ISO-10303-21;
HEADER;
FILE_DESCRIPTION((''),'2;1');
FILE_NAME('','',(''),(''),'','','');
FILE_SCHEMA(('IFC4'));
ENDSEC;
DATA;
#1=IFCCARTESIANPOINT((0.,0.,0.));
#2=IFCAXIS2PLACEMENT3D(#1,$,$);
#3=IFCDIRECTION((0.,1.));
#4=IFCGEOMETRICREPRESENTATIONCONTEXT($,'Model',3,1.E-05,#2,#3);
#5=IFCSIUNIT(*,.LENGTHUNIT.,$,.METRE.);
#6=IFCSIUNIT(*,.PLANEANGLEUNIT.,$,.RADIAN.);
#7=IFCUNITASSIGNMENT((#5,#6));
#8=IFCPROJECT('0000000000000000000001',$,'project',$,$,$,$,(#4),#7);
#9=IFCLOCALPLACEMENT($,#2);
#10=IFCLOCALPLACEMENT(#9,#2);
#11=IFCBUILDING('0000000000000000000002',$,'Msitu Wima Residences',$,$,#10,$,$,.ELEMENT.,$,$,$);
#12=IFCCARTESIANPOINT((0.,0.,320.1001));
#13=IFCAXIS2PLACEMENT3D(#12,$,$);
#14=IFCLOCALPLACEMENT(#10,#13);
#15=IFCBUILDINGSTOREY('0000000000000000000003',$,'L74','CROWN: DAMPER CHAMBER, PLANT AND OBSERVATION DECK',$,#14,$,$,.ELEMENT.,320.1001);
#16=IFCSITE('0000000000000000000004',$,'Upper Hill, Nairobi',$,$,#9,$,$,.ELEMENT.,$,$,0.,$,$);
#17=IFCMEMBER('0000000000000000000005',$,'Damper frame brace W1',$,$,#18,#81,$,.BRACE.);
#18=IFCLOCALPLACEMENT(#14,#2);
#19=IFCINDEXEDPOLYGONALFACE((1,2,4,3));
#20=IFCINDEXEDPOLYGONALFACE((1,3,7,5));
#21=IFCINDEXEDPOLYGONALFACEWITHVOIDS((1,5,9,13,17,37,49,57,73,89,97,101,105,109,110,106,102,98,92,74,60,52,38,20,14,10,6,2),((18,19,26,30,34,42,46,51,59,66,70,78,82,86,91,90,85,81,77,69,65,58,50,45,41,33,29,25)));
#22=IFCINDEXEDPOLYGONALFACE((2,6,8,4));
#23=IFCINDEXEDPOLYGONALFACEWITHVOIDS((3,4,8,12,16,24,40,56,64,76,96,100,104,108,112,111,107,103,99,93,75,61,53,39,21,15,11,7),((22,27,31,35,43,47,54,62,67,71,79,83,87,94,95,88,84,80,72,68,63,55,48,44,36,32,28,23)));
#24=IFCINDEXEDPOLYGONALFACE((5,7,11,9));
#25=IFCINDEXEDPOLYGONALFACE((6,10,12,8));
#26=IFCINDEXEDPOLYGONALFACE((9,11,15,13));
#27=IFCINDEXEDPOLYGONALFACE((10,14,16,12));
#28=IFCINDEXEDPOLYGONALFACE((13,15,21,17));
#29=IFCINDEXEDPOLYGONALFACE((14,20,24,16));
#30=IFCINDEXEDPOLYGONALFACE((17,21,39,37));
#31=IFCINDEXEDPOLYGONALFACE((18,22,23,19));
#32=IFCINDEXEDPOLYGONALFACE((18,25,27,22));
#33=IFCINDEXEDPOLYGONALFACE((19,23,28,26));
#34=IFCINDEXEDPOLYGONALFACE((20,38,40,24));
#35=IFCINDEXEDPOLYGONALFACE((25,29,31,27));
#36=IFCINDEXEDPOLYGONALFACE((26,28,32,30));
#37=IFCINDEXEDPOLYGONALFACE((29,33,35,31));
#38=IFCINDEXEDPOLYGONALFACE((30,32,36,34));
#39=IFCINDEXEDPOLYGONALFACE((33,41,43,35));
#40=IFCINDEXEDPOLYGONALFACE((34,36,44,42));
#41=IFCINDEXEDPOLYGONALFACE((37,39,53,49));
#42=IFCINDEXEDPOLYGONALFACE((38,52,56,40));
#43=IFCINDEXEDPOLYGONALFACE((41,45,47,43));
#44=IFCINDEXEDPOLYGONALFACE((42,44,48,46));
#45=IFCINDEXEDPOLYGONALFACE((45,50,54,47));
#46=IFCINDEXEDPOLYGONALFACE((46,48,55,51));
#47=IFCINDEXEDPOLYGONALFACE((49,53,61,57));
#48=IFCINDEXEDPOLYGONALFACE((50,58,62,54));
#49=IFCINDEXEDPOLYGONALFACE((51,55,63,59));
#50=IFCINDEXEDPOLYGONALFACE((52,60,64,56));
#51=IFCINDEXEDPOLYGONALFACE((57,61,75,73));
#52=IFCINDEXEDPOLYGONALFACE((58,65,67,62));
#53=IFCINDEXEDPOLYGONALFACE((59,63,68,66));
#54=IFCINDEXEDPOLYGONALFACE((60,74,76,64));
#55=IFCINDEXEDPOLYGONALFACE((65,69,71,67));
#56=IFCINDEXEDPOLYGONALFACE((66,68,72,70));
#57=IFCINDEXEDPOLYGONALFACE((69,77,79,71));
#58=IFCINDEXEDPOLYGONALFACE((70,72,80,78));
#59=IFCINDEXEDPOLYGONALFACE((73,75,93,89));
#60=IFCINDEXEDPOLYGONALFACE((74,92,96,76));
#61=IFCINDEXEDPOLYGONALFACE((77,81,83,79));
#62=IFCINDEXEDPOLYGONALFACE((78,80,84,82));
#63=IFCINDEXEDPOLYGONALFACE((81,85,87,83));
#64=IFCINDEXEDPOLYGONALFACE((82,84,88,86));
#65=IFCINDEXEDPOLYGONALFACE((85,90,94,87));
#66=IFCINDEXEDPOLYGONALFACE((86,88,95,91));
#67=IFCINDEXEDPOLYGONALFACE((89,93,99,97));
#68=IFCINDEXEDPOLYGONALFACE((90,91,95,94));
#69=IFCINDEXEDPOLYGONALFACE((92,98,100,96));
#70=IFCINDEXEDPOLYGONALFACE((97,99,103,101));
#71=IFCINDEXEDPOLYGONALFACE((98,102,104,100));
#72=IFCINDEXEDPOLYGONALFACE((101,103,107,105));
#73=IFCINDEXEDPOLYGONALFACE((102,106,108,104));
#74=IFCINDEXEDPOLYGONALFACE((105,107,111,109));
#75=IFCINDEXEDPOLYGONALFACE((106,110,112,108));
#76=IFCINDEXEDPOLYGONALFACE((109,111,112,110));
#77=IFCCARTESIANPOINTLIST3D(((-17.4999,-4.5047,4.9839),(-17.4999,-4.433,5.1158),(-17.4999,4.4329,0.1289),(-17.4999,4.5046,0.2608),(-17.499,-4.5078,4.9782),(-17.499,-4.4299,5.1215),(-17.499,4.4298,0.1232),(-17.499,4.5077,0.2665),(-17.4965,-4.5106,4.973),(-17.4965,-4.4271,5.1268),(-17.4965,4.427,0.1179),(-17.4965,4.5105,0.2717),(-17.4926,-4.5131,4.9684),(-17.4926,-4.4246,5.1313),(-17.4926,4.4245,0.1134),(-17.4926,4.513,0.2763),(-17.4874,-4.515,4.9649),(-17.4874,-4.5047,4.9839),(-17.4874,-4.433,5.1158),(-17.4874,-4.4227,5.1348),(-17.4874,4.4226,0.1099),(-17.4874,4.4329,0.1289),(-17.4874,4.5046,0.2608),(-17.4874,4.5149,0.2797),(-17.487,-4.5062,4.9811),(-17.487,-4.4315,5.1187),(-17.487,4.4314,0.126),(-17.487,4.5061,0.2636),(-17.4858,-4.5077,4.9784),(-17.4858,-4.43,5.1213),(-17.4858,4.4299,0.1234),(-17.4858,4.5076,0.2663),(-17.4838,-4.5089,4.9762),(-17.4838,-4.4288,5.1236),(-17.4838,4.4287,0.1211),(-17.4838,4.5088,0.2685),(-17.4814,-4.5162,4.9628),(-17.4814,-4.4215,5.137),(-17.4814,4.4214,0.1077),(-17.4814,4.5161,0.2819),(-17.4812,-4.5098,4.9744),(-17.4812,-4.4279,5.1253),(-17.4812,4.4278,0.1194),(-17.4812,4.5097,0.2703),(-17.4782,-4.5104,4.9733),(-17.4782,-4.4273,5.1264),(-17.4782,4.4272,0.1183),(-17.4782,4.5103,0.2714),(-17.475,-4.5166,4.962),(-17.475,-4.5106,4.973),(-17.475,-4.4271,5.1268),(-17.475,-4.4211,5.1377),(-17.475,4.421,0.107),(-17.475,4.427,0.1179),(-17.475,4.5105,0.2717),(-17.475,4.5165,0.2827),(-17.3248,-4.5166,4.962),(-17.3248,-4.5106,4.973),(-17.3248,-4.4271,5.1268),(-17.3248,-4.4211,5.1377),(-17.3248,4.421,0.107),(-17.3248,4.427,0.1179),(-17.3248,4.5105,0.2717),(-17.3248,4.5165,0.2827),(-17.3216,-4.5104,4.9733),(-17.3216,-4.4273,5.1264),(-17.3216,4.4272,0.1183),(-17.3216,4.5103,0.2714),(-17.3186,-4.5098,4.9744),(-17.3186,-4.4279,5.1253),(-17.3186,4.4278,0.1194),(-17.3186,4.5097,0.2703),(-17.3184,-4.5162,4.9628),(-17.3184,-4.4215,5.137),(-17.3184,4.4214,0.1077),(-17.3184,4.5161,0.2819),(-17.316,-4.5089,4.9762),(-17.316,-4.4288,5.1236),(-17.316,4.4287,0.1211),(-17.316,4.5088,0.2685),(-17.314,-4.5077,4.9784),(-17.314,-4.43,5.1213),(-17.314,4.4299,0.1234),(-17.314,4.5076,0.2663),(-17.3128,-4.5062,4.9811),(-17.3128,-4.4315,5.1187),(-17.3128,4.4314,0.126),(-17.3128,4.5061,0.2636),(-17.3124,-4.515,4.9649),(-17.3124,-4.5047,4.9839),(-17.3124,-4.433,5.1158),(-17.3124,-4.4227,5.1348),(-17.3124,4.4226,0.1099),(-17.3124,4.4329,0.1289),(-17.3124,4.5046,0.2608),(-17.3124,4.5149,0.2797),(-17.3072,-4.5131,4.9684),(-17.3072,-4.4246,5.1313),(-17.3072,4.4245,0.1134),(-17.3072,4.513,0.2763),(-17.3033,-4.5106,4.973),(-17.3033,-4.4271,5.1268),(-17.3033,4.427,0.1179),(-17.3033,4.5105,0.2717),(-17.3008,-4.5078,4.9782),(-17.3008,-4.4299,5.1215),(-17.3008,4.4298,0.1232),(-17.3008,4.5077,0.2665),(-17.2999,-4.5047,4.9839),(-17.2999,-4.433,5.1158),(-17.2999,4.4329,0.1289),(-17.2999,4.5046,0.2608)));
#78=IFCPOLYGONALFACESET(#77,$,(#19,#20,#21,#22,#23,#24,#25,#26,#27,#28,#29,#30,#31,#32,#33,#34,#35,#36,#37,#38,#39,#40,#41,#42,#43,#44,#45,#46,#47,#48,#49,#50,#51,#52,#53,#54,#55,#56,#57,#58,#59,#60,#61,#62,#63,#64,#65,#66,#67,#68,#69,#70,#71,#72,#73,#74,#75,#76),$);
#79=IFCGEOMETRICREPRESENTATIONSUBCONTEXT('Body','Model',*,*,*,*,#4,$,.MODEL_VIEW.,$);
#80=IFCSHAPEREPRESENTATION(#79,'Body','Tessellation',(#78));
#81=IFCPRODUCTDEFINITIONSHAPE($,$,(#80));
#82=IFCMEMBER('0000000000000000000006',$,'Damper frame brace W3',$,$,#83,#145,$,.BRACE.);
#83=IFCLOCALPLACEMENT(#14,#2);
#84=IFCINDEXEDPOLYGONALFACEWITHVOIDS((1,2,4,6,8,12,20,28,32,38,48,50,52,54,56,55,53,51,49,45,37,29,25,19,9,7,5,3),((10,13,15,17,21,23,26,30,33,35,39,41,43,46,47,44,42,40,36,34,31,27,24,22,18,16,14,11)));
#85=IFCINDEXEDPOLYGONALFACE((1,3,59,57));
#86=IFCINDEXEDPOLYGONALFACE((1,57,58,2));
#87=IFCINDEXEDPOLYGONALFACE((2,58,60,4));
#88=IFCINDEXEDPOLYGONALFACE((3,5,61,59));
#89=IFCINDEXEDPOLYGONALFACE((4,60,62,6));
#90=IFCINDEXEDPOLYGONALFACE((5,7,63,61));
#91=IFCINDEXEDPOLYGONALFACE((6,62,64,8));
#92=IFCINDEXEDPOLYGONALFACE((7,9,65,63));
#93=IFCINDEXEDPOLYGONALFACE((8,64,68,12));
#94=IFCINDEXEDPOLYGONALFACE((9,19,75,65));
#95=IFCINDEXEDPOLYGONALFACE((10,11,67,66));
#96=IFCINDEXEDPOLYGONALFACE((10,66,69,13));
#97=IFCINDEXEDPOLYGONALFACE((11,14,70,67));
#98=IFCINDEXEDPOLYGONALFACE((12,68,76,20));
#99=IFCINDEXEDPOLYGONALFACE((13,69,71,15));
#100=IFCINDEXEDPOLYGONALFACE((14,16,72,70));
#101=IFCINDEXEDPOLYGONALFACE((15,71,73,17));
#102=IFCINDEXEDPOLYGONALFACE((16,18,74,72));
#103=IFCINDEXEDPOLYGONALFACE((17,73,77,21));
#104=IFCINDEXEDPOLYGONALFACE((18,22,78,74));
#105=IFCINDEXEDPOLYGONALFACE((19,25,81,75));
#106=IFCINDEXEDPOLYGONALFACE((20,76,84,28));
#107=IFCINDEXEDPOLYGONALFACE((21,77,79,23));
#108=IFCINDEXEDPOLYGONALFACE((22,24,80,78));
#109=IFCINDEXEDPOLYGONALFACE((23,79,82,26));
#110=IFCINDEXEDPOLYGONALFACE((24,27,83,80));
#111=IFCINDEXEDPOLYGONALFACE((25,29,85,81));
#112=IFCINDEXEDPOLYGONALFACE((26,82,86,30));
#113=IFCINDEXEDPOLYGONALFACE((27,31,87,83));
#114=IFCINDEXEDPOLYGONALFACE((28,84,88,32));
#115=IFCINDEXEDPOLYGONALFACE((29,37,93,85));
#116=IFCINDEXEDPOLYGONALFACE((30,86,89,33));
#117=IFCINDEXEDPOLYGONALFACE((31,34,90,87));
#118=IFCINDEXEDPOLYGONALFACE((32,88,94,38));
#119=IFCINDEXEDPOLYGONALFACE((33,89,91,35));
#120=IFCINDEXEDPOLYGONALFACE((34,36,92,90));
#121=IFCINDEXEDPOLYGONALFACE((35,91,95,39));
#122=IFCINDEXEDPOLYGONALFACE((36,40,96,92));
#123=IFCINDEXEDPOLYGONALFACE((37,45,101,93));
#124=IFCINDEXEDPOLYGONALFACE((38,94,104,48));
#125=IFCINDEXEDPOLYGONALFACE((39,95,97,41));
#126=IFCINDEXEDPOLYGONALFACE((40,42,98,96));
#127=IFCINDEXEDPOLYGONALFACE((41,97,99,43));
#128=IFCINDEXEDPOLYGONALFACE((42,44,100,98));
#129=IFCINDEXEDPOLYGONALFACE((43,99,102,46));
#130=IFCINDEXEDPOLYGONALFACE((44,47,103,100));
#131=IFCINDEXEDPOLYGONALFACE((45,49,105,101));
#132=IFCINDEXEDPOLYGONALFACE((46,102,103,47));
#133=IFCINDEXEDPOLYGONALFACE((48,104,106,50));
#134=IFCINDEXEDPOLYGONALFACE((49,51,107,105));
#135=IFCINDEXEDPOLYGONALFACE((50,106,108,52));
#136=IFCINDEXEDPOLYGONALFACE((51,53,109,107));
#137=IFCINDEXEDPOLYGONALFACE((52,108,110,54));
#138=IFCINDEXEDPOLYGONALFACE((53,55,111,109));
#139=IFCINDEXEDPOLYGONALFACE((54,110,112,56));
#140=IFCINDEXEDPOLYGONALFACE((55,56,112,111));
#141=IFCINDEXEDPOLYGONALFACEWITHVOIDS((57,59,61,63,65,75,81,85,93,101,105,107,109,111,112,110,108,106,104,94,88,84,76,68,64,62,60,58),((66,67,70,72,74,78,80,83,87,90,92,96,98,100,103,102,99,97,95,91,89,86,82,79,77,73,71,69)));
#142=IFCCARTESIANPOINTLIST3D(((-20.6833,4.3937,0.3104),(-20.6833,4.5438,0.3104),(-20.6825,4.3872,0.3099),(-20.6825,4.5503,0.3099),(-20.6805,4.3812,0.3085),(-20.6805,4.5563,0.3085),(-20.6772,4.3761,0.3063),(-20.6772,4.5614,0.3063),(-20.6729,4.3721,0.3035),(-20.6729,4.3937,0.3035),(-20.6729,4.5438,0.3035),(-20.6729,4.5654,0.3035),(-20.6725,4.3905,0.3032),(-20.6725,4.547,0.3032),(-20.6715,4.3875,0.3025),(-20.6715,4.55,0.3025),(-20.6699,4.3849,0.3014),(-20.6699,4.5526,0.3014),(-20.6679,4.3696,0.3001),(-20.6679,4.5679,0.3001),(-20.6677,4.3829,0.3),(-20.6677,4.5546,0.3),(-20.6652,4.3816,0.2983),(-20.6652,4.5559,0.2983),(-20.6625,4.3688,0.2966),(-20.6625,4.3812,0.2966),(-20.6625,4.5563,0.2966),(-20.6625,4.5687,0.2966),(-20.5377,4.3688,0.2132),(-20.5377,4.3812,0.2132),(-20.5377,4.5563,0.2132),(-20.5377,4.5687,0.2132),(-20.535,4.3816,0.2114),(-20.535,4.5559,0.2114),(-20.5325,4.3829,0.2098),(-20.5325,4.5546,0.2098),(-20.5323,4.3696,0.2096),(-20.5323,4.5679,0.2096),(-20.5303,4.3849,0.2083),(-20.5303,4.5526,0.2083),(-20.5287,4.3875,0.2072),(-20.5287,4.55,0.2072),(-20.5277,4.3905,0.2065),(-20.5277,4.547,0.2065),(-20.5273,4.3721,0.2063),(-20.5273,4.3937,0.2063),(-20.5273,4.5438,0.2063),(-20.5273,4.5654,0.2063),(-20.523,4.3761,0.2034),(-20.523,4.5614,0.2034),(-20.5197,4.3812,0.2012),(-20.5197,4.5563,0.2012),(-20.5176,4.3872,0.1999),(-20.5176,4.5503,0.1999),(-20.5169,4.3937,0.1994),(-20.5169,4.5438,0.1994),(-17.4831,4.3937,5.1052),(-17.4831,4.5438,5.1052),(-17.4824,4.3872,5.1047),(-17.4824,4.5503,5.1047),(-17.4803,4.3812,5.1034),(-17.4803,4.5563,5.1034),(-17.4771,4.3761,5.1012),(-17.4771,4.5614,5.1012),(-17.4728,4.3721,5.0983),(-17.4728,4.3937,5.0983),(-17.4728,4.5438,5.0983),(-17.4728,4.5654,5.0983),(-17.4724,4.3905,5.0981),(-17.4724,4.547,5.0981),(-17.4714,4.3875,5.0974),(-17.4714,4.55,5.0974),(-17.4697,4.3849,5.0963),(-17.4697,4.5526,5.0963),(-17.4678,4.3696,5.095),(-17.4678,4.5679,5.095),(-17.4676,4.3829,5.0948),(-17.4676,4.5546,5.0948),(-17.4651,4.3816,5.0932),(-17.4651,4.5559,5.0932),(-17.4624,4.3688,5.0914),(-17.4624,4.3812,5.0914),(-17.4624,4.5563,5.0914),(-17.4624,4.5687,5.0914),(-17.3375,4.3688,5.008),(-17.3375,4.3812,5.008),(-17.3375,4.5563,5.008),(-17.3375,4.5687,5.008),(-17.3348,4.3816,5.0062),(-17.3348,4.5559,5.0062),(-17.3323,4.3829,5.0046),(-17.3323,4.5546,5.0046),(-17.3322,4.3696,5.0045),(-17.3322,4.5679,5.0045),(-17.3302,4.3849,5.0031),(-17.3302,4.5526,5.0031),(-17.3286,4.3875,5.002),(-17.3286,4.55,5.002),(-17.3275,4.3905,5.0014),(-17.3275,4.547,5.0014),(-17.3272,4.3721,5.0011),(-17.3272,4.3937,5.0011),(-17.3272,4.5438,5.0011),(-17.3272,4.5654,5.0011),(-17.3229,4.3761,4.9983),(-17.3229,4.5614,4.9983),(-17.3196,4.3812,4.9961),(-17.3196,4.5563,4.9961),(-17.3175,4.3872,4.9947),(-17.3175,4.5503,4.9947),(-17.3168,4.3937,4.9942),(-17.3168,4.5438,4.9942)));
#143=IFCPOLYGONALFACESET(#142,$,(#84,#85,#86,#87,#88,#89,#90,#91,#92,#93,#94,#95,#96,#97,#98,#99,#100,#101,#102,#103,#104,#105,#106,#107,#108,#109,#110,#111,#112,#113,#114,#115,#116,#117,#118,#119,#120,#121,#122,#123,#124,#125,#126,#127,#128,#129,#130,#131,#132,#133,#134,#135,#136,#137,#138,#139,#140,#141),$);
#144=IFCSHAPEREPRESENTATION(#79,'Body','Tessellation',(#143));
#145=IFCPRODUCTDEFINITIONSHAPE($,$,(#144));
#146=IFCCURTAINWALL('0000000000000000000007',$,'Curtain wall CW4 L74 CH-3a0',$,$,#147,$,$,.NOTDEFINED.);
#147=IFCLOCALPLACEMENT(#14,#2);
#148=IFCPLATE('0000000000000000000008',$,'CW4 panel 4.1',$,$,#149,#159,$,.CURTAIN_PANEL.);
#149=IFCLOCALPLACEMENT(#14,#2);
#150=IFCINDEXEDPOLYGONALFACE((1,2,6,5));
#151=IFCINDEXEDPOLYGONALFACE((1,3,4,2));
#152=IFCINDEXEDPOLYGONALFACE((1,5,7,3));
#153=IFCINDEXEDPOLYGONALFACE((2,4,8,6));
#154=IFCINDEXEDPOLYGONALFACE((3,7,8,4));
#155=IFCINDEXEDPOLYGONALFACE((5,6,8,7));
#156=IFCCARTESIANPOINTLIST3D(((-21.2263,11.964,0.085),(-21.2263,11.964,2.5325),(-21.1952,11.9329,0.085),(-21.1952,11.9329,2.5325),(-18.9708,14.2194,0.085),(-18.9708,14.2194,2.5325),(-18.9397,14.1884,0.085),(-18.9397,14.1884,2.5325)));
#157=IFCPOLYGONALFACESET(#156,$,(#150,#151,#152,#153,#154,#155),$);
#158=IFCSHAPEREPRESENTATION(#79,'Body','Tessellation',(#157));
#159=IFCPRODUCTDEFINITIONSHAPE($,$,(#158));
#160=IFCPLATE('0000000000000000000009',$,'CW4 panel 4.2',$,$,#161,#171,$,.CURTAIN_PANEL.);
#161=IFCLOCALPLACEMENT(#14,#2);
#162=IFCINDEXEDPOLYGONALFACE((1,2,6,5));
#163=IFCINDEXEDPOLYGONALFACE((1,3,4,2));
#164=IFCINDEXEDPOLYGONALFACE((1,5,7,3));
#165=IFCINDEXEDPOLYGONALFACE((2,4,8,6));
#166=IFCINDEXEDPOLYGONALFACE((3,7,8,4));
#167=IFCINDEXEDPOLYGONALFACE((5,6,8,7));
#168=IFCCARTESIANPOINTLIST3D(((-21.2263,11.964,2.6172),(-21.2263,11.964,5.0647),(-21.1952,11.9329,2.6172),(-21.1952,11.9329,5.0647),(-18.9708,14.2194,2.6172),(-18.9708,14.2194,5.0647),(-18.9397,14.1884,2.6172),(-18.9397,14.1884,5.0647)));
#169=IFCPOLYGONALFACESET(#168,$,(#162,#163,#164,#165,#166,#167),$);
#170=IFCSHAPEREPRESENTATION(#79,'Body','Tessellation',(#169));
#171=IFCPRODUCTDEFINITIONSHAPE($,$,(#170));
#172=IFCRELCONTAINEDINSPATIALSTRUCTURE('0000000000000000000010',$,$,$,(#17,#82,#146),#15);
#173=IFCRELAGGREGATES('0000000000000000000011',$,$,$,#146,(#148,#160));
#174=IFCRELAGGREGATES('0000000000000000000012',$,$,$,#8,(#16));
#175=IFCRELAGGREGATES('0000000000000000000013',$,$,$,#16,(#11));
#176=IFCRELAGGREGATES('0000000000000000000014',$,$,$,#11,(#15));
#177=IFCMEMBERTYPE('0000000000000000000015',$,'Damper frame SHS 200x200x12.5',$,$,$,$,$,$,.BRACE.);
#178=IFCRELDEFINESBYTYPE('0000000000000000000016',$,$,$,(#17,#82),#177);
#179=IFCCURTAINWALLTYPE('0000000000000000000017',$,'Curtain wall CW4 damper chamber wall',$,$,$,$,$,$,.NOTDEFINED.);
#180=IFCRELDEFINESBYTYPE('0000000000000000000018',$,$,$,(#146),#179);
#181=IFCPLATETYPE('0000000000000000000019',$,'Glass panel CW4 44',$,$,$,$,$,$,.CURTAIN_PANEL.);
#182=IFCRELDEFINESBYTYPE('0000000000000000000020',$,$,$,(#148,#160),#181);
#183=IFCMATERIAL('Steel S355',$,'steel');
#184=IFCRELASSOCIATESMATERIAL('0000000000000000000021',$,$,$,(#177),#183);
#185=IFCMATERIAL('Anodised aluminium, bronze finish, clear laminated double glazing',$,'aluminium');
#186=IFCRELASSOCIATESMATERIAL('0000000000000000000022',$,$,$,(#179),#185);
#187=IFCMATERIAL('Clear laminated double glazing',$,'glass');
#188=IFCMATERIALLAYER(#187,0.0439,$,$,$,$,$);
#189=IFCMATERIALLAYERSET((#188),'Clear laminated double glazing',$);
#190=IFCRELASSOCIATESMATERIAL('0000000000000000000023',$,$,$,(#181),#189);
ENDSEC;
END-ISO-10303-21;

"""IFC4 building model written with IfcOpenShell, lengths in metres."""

from ifc_helpers import new_model, si_unit, direction, frame, origin, origin_2d, place, context, subcontext, project, spatial, rectangle, hollow_rectangle, extrude, material, layer, layer_set, material_profile, profile_set, type_object, element, aggregate, save


model = new_model("IFC4")

# Units and contexts
model_context = context("Model", 3, precision=1e-05, world=origin(), true_north=direction((0.0, 1.0)))
body_context = subcontext(model_context, "Body", "Model", "MODEL_VIEW")
ifc_project = project(units=[si_unit("LENGTHUNIT", "METRE"), si_unit("PLANEANGLEUNIT", "RADIAN")], contexts=[model_context])

# Site, building, storey
site_placement = place(None, origin())
site = spatial("IfcSite", under=ifc_project, at=site_placement, Name="Upper Hill, Nairobi", CompositionType="ELEMENT", RefElevation=0.0)
building_placement = place(site_placement, origin())
building = spatial("IfcBuilding", under=site, at=building_placement, Name="Msitu Wima Residences", CompositionType="ELEMENT")
storey_placement = place(building_placement, frame((0.0, 0.0, 320.1001)))
storey = spatial("IfcBuildingStorey", under=building, at=storey_placement, Name="L74", Description="CROWN: DAMPER CHAMBER, PLANT AND OBSERVATION DECK", CompositionType="ELEMENT", Elevation=320.1001)

# Shared definitions
ifc_material_1 = material(Name="Steel S355", Category="steel")

# Members
ifc_material_profile_1 = material_profile(ifc_material_1, hollow_rectangle(XDim=0.2, YDim=0.2, WallThickness=0.0125, InnerFilletRadius=0.0125, OuterFilletRadius=0.0249, at=origin_2d()), Name="SHS 200x200x12.5")
ifc_profile_set_1 = profile_set([ifc_material_profile_1], Name="Steel S355")
member_type_1 = type_object("IfcMemberType", Name="Damper frame SHS 200x200x12.5", PredefinedType="BRACE", material=ifc_profile_set_1)
member_1_placement = place(storey_placement, frame((-17.3999, 4.4688, 0.1948), z_axis=(0.0, -0.878722, 0.477334), x_axis=(1.0, 0.0, 0.0)))
element("IfcMember", 1, at=member_1_placement, inside=storey, type_object=member_type_1, Name="Damper frame brace W1", PredefinedType="BRACE", context=body_context, shape_type="SweptSolid", body=[
    extrude(hollow_rectangle(XDim=0.2, YDim=0.2, WallThickness=0.0125, InnerFilletRadius=0.0125, OuterFilletRadius=0.0249, at=origin_2d()), origin(), (0.0, 0.0, 1.0), 10.1711),
])
member_2_placement = place(storey_placement, frame((-20.6001, 4.4688, 0.2549), z_axis=(0.55513, 0.0, 0.831764), x_axis=(0.0, 1.0, 0.0)))
element("IfcMember", 2, at=member_2_placement, inside=storey, type_object=member_type_1, Name="Damper frame brace W3", PredefinedType="BRACE", context=body_context, shape_type="SweptSolid", body=[
    extrude(hollow_rectangle(XDim=0.2, YDim=0.2, WallThickness=0.0125, InnerFilletRadius=0.0125, OuterFilletRadius=0.0249, at=origin_2d()), origin(), (0.0, 0.0, 1.0), 5.7646),
])

# Curtain wall, plates
ifc_material_2 = material(Name="Anodised aluminium, bronze finish, clear laminated double glazing", Category="aluminium")
curtain_wall_type = type_object("IfcCurtainWallType", Name="Curtain wall CW4 damper chamber wall", PredefinedType="NOTDEFINED", material=ifc_material_2)
curtain_wall_placement = place(storey_placement, origin())
curtain_wall = element("IfcCurtainWall", 3, at=curtain_wall_placement, inside=storey, type_object=curtain_wall_type, Name="Curtain wall CW4 L74 CH-3a0", PredefinedType="NOTDEFINED")
ifc_material_3 = material(Name="Clear laminated double glazing", Category="glass")
ifc_layer_1 = layer(ifc_material_3, 0.0439)
ifc_layer_set_1 = layer_set([ifc_layer_1], Name="Clear laminated double glazing")
plate_type = type_object("IfcPlateType", Name="Glass panel CW4 44", PredefinedType="CURTAIN_PANEL", material=ifc_layer_set_1)
plate_1_placement = place(storey_placement, frame((-20.083, 13.0762, 0.085), z_axis=(0.0, 0.0, 1.0), x_axis=(-0.707107, -0.707107, 0.0)))
plate_1 = element("IfcPlate", 4, at=plate_1_placement, type_object=plate_type, Name="CW4 panel 4.1", PredefinedType="CURTAIN_PANEL", context=body_context, shape_type="SweptSolid", body=[
    extrude(rectangle(XDim=3.1897, YDim=0.0439, at=origin_2d()), origin(), (0.0, 0.0, 1.0), 2.4475),
])
plate_2_placement = place(storey_placement, frame((-20.083, 13.0762, 2.6172), z_axis=(0.0, 0.0, 1.0), x_axis=(-0.707107, -0.707107, 0.0)))
plate_2 = element("IfcPlate", 5, at=plate_2_placement, type_object=plate_type, Name="CW4 panel 4.2", PredefinedType="CURTAIN_PANEL", context=body_context, shape_type="SweptSolid", body=[
    extrude(rectangle(XDim=3.1897, YDim=0.0439, at=origin_2d()), origin(), (0.0, 0.0, 1.0), 2.4475),
])
aggregate(curtain_wall, [plate_1, plate_2])

save(model, "model.ifc")
